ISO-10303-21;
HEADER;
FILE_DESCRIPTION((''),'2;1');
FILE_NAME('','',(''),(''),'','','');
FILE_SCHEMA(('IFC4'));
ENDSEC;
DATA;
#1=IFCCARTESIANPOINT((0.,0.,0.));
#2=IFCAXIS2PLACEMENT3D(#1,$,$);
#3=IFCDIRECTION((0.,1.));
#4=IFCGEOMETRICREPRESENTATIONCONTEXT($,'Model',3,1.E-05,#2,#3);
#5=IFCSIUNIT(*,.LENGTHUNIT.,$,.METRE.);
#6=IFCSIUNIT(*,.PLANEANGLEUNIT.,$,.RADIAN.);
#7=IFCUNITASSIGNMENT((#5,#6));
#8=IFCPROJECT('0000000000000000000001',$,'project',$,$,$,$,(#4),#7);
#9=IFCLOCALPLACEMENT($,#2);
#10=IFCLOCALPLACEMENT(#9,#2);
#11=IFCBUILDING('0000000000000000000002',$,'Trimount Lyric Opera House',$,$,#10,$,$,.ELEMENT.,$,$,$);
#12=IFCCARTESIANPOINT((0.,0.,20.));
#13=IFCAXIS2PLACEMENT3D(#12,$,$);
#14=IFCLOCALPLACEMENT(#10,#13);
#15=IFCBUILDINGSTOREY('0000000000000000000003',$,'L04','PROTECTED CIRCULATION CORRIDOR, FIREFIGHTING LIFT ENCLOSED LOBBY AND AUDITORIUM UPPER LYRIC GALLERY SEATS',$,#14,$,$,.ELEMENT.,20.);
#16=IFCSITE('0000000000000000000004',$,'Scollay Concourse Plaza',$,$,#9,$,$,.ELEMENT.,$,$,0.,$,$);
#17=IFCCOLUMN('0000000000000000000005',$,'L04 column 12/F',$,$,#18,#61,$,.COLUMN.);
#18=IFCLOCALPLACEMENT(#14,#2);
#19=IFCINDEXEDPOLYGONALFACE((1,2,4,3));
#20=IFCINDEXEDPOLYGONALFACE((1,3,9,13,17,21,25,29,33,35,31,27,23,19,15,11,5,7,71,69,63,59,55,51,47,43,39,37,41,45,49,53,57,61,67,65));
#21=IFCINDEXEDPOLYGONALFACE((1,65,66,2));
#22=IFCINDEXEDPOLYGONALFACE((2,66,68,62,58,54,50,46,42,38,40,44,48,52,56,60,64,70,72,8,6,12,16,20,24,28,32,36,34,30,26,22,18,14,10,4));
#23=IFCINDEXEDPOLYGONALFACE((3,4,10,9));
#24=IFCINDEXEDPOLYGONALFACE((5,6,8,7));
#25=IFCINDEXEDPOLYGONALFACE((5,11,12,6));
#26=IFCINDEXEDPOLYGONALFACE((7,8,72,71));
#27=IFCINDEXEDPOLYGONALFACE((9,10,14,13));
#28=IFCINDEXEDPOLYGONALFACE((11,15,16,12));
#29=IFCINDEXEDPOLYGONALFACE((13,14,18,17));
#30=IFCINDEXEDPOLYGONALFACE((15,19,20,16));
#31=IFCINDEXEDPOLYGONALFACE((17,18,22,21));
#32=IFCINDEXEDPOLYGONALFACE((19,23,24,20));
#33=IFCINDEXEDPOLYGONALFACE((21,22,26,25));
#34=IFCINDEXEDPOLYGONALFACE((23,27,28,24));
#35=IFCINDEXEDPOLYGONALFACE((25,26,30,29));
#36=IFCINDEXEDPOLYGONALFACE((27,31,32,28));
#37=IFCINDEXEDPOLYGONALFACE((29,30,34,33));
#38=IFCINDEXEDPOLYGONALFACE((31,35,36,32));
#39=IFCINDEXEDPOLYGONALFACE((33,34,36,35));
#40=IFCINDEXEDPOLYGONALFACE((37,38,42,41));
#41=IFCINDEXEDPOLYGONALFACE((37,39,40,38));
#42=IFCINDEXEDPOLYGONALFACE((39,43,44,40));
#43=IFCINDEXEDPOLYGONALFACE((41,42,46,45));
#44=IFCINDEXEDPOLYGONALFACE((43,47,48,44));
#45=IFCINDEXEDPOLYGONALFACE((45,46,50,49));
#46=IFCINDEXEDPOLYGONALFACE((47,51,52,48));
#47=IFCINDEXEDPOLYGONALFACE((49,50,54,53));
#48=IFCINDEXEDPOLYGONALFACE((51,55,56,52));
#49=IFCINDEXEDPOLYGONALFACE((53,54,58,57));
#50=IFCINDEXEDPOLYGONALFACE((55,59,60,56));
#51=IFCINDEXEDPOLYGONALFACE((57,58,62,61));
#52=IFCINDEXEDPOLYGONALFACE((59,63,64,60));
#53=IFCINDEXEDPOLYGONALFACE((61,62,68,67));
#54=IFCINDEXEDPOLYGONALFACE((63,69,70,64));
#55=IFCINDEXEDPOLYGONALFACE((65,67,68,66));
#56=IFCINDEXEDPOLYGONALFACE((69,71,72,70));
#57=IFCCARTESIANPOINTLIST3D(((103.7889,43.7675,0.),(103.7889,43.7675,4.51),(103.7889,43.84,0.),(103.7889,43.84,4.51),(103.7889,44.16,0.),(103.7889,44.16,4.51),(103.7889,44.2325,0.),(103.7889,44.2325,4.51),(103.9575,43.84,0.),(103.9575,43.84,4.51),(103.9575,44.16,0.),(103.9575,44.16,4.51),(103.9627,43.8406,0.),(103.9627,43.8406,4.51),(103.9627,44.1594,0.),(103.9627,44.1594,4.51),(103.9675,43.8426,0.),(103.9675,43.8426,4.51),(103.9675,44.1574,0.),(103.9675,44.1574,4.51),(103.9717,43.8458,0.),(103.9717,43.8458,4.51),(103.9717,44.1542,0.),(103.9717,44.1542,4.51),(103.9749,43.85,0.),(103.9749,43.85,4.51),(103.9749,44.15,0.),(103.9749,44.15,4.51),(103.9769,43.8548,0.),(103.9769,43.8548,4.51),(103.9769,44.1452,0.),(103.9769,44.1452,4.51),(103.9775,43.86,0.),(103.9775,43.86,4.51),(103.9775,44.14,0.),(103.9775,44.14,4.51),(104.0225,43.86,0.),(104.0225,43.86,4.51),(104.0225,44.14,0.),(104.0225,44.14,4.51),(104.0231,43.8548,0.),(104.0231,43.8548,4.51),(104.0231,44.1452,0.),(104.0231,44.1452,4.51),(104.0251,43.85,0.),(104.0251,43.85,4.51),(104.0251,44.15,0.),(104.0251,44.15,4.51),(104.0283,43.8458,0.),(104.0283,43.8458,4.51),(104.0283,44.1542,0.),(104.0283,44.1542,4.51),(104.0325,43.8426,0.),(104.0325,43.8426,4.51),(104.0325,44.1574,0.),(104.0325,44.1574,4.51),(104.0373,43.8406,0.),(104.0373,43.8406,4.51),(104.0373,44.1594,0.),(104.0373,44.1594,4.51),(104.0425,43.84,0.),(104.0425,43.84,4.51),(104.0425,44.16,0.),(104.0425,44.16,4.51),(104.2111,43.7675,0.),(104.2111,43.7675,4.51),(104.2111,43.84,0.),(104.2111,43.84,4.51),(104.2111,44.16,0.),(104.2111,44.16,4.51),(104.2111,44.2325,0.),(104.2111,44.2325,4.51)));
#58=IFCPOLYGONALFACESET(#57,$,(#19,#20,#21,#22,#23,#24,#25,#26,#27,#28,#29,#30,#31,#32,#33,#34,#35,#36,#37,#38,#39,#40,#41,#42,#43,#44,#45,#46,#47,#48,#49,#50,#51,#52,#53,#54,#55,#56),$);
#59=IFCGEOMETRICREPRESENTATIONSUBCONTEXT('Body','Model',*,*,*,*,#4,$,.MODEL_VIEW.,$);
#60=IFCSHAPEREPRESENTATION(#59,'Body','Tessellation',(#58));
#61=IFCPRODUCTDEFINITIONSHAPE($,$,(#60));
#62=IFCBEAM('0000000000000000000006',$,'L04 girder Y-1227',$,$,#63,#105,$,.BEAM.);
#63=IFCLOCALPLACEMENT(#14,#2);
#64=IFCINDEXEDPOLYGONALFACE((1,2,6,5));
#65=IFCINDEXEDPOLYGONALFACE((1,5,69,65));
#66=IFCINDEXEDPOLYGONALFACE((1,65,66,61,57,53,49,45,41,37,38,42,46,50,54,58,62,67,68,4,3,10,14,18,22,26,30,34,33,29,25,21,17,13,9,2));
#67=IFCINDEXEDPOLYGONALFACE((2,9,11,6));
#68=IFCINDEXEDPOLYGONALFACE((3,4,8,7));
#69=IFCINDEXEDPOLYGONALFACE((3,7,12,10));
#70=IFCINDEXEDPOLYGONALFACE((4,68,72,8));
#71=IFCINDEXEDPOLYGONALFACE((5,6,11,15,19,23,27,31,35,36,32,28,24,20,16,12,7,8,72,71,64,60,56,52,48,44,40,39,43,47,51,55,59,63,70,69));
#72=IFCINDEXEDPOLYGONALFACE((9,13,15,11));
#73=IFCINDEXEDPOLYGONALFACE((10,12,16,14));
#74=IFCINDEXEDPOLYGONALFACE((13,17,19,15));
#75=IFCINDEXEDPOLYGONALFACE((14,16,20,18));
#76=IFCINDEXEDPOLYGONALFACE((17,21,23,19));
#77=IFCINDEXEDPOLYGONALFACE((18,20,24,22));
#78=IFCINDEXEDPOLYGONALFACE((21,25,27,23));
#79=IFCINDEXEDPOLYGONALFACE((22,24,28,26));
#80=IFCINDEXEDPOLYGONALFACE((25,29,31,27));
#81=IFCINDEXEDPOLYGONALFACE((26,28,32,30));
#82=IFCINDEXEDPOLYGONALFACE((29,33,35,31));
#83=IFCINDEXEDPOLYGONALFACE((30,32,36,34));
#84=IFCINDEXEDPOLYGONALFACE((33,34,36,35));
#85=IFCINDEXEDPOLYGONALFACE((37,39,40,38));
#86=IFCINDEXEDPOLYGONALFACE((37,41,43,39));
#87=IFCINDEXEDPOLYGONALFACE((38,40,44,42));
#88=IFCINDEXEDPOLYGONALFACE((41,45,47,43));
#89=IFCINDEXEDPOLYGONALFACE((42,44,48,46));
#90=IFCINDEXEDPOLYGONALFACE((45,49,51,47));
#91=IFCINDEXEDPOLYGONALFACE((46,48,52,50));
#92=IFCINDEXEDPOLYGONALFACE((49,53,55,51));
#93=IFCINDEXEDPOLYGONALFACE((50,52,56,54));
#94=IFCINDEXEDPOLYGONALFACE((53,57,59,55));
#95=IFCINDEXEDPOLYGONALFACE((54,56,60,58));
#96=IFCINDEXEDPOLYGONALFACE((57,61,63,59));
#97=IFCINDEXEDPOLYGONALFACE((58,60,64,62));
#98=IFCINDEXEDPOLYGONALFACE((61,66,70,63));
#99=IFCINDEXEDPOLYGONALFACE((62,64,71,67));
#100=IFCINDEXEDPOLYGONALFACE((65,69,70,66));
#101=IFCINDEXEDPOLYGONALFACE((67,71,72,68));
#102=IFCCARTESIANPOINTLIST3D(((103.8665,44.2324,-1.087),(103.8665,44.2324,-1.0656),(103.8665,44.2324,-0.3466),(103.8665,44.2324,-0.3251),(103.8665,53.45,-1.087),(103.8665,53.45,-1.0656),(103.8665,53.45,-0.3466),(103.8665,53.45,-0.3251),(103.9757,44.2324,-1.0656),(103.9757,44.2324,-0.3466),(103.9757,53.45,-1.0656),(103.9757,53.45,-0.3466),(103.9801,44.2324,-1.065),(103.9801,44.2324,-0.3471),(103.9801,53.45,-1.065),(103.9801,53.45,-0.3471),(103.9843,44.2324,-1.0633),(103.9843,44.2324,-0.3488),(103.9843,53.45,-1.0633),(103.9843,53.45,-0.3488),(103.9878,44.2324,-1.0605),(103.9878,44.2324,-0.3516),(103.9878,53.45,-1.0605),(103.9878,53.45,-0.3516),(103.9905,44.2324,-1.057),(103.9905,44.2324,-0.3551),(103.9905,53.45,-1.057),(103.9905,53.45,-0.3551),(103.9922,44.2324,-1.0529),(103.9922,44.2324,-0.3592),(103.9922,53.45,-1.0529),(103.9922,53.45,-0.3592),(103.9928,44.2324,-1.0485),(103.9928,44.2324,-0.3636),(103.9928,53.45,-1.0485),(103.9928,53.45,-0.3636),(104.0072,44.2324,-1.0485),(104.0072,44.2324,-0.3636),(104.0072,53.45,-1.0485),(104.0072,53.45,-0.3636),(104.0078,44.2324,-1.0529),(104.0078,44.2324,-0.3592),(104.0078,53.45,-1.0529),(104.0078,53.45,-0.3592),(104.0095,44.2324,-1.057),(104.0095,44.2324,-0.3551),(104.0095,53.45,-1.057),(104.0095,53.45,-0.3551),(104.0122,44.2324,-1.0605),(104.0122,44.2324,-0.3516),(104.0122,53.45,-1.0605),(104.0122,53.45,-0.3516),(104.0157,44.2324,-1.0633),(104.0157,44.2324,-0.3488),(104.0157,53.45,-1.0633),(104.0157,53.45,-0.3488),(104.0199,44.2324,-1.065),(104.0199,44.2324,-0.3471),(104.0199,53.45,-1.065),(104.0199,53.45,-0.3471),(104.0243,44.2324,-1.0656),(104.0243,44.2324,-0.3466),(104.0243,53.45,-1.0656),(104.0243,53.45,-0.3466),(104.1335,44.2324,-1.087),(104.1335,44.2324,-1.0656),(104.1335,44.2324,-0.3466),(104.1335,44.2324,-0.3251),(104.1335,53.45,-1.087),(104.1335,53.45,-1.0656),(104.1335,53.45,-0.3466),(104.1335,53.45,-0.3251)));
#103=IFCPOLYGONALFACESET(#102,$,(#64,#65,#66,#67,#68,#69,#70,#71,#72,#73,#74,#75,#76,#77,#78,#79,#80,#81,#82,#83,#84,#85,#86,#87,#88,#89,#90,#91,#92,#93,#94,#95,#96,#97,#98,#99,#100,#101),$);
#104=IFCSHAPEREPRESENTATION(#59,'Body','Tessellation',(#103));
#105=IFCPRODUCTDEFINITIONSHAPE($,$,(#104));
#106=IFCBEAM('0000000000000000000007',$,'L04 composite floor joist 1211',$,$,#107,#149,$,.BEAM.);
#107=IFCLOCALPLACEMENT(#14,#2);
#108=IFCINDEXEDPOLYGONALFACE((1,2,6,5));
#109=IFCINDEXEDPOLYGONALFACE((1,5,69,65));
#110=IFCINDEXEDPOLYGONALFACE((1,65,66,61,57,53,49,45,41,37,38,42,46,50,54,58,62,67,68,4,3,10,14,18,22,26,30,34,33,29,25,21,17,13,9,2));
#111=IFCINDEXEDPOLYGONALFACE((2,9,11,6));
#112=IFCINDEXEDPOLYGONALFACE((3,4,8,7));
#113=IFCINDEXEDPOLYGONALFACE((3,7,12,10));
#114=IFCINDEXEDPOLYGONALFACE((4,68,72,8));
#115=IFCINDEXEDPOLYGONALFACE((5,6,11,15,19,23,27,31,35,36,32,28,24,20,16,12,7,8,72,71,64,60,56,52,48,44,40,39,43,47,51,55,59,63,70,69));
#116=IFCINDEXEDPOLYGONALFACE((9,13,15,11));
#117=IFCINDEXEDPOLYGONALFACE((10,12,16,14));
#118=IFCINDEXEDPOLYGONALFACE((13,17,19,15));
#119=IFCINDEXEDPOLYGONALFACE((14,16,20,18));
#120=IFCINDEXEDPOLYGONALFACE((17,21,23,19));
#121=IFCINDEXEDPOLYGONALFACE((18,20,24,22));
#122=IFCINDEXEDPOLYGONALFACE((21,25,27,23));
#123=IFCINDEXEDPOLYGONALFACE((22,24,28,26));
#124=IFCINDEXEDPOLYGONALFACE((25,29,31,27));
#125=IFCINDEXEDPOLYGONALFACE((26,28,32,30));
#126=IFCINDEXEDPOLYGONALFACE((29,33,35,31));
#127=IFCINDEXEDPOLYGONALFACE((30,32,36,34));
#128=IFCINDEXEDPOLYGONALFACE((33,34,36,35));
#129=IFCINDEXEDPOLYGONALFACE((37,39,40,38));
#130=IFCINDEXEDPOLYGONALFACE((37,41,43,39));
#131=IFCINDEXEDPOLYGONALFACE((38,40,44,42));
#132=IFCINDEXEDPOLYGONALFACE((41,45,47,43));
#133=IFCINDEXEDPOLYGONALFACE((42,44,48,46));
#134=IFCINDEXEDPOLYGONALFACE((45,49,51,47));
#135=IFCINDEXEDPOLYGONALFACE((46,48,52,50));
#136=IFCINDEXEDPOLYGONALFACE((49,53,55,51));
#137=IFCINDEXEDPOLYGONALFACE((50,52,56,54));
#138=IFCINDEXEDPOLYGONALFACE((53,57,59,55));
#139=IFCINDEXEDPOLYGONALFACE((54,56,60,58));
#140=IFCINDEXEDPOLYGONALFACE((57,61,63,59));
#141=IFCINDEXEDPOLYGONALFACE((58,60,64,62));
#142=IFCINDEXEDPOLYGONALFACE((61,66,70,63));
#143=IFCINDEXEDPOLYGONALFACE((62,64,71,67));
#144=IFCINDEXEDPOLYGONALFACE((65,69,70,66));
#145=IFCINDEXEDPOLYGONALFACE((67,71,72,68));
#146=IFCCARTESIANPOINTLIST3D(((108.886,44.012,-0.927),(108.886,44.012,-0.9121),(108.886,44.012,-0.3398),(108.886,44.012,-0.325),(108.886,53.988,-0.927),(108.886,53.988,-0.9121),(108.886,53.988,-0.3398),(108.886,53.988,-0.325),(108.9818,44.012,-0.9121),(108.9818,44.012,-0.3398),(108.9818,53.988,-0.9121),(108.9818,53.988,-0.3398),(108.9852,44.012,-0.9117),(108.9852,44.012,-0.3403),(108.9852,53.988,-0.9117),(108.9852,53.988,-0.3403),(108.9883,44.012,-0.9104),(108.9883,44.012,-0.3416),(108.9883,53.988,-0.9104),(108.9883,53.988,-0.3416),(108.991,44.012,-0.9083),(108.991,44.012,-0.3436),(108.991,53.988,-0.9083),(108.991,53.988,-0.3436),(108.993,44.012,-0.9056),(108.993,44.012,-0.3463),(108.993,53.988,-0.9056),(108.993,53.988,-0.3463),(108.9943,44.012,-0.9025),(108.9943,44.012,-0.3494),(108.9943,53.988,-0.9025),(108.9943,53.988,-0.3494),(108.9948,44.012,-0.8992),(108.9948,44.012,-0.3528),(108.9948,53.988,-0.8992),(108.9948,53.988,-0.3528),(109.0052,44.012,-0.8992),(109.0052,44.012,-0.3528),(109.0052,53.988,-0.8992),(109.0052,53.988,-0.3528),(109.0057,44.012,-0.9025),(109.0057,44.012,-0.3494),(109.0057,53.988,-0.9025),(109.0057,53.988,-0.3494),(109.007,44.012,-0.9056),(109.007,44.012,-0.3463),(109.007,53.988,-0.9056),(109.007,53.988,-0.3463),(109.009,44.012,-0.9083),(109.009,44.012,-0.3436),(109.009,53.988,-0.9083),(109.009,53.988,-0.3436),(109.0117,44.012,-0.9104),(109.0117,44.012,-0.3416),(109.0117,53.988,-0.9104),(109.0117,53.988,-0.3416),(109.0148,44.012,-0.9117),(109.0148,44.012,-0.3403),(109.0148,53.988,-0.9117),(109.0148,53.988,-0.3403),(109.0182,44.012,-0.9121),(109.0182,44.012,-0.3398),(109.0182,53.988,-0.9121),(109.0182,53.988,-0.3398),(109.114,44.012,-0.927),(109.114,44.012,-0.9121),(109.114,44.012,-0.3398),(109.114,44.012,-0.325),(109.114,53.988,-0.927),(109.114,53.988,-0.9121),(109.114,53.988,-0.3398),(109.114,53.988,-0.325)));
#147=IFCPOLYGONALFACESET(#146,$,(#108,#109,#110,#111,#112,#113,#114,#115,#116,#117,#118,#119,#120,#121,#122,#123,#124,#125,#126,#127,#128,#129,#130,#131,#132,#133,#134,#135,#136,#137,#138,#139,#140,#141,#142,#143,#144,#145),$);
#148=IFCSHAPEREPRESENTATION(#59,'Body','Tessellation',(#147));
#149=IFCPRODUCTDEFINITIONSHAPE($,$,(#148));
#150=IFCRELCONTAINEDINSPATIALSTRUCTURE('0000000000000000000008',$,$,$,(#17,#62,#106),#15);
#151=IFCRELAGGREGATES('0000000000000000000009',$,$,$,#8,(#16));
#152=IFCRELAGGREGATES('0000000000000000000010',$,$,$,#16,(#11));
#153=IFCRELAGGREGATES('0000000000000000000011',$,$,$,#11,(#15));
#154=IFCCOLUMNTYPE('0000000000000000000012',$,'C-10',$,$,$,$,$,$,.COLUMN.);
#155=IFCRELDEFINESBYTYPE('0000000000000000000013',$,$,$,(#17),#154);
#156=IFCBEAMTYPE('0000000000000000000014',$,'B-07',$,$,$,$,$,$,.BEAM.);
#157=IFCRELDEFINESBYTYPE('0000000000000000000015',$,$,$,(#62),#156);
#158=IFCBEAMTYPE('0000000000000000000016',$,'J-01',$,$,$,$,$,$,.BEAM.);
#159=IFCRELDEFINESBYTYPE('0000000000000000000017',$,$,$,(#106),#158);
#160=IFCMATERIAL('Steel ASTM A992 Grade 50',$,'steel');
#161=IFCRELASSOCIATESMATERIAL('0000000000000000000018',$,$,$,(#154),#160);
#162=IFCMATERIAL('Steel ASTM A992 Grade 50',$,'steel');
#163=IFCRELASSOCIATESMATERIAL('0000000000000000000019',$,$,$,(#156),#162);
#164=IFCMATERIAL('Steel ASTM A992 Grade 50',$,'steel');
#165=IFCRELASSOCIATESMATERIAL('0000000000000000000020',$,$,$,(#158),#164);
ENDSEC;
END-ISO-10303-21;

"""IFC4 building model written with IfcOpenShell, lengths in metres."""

from ifc_helpers import new_model, si_unit, direction, frame, origin, origin_2d, place, context, subcontext, project, spatial, i_section, extrude, material, material_profile, profile_set, type_object, element, save


model = new_model("IFC4")

# Units and contexts
model_context = context("Model", 3, precision=1e-05, world=origin(), true_north=direction((0.0, 1.0)))
body_context = subcontext(model_context, "Body", "Model", "MODEL_VIEW")
ifc_project = project(units=[si_unit("LENGTHUNIT", "METRE"), si_unit("PLANEANGLEUNIT", "RADIAN")], contexts=[model_context])

# Site, building, storey
site_placement = place(None, origin())
site = spatial("IfcSite", under=ifc_project, at=site_placement, Name="Scollay Concourse Plaza", CompositionType="ELEMENT", RefElevation=0.0)
building_placement = place(site_placement, origin())
building = spatial("IfcBuilding", under=site, at=building_placement, Name="Trimount Lyric Opera House", CompositionType="ELEMENT")
storey_placement = place(building_placement, frame((0.0, 0.0, 20.0)))
storey = spatial("IfcBuildingStorey", under=building, at=storey_placement, Name="L04", Description="PROTECTED CIRCULATION CORRIDOR, FIREFIGHTING LIFT ENCLOSED LOBBY AND AUDITORIUM UPPER LYRIC GALLERY SEATS", CompositionType="ELEMENT", Elevation=20.0)

# Column
ifc_material_1 = material(Name="Steel ASTM A992 Grade 50", Category="steel")
ifc_material_profile_1 = material_profile(ifc_material_1, i_section(OverallWidth=0.4221, OverallDepth=0.4651, WebThickness=0.0449, FlangeThickness=0.0725, FilletRadius=0.02, at=origin_2d()), Name="W14X398")
ifc_profile_set_1 = profile_set([ifc_material_profile_1], Name="Steel ASTM A992 Grade 50")
column_type = type_object("IfcColumnType", Name="C-10", PredefinedType="COLUMN", material=ifc_profile_set_1)
column_placement = place(storey_placement, frame((104.0, 44.0, 0.0), z_axis=(0.0, 0.0, 1.0), x_axis=(1.0, 0.0, 0.0)))
element("IfcColumn", 1, at=column_placement, inside=storey, type_object=column_type, Name="L04 column 12/F", PredefinedType="COLUMN", context=body_context, shape_type="SweptSolid", body=[
    extrude(i_section(OverallWidth=0.4221, OverallDepth=0.4651, WebThickness=0.0449, FlangeThickness=0.0725, FilletRadius=0.02, at=origin_2d()), origin(), (0.0, 0.0, 1.0), 4.51),
])

# Beams
ifc_material_2 = material(Name="Steel ASTM A992 Grade 50", Category="steel")
ifc_material_profile_2 = material_profile(ifc_material_2, i_section(OverallWidth=0.2671, OverallDepth=0.762, WebThickness=0.0144, FlangeThickness=0.0215, FilletRadius=0.0171, at=origin_2d()), Name="W30X116")
ifc_profile_set_2 = profile_set([ifc_material_profile_2], Name="Steel ASTM A992 Grade 50")
beam_type_1 = type_object("IfcBeamType", Name="B-07", PredefinedType="BEAM", material=ifc_profile_set_2)
beam_1_placement = place(storey_placement, frame((104.0, 44.2324, -0.7061), z_axis=(0.0, 1.0, 0.0), x_axis=(-1.0, 0.0, 0.0)))
element("IfcBeam", 2, at=beam_1_placement, inside=storey, type_object=beam_type_1, Name="L04 girder Y-1227", PredefinedType="BEAM", context=body_context, shape_type="SweptSolid", body=[
    extrude(i_section(OverallWidth=0.2671, OverallDepth=0.762, WebThickness=0.0144, FlangeThickness=0.0215, FilletRadius=0.0171, at=origin_2d()), origin(), (0.0, 0.0, 1.0), 9.2175),
])
ifc_material_3 = material(Name="Steel ASTM A992 Grade 50", Category="steel")
ifc_material_profile_3 = material_profile(ifc_material_3, i_section(OverallWidth=0.228, OverallDepth=0.6021, WebThickness=0.0105, FlangeThickness=0.0149, FilletRadius=0.0129, at=origin_2d()), Name="W24X68")
ifc_profile_set_3 = profile_set([ifc_material_profile_3], Name="Steel ASTM A992 Grade 50")
beam_type_2 = type_object("IfcBeamType", Name="J-01", PredefinedType="BEAM", material=ifc_profile_set_3)
beam_2_placement = place(storey_placement, frame((109.0, 44.012, -0.626), z_axis=(0.0, 1.0, 0.0), x_axis=(-1.0, 0.0, 0.0)))
element("IfcBeam", 3, at=beam_2_placement, inside=storey, type_object=beam_type_2, Name="L04 composite floor joist 1211", PredefinedType="BEAM", context=body_context, shape_type="SweptSolid", body=[
    extrude(i_section(OverallWidth=0.228, OverallDepth=0.6021, WebThickness=0.0105, FlangeThickness=0.0149, FilletRadius=0.0129, at=origin_2d()), origin(), (0.0, 0.0, 1.0), 9.9761),
])

save(model, "model.ifc")
